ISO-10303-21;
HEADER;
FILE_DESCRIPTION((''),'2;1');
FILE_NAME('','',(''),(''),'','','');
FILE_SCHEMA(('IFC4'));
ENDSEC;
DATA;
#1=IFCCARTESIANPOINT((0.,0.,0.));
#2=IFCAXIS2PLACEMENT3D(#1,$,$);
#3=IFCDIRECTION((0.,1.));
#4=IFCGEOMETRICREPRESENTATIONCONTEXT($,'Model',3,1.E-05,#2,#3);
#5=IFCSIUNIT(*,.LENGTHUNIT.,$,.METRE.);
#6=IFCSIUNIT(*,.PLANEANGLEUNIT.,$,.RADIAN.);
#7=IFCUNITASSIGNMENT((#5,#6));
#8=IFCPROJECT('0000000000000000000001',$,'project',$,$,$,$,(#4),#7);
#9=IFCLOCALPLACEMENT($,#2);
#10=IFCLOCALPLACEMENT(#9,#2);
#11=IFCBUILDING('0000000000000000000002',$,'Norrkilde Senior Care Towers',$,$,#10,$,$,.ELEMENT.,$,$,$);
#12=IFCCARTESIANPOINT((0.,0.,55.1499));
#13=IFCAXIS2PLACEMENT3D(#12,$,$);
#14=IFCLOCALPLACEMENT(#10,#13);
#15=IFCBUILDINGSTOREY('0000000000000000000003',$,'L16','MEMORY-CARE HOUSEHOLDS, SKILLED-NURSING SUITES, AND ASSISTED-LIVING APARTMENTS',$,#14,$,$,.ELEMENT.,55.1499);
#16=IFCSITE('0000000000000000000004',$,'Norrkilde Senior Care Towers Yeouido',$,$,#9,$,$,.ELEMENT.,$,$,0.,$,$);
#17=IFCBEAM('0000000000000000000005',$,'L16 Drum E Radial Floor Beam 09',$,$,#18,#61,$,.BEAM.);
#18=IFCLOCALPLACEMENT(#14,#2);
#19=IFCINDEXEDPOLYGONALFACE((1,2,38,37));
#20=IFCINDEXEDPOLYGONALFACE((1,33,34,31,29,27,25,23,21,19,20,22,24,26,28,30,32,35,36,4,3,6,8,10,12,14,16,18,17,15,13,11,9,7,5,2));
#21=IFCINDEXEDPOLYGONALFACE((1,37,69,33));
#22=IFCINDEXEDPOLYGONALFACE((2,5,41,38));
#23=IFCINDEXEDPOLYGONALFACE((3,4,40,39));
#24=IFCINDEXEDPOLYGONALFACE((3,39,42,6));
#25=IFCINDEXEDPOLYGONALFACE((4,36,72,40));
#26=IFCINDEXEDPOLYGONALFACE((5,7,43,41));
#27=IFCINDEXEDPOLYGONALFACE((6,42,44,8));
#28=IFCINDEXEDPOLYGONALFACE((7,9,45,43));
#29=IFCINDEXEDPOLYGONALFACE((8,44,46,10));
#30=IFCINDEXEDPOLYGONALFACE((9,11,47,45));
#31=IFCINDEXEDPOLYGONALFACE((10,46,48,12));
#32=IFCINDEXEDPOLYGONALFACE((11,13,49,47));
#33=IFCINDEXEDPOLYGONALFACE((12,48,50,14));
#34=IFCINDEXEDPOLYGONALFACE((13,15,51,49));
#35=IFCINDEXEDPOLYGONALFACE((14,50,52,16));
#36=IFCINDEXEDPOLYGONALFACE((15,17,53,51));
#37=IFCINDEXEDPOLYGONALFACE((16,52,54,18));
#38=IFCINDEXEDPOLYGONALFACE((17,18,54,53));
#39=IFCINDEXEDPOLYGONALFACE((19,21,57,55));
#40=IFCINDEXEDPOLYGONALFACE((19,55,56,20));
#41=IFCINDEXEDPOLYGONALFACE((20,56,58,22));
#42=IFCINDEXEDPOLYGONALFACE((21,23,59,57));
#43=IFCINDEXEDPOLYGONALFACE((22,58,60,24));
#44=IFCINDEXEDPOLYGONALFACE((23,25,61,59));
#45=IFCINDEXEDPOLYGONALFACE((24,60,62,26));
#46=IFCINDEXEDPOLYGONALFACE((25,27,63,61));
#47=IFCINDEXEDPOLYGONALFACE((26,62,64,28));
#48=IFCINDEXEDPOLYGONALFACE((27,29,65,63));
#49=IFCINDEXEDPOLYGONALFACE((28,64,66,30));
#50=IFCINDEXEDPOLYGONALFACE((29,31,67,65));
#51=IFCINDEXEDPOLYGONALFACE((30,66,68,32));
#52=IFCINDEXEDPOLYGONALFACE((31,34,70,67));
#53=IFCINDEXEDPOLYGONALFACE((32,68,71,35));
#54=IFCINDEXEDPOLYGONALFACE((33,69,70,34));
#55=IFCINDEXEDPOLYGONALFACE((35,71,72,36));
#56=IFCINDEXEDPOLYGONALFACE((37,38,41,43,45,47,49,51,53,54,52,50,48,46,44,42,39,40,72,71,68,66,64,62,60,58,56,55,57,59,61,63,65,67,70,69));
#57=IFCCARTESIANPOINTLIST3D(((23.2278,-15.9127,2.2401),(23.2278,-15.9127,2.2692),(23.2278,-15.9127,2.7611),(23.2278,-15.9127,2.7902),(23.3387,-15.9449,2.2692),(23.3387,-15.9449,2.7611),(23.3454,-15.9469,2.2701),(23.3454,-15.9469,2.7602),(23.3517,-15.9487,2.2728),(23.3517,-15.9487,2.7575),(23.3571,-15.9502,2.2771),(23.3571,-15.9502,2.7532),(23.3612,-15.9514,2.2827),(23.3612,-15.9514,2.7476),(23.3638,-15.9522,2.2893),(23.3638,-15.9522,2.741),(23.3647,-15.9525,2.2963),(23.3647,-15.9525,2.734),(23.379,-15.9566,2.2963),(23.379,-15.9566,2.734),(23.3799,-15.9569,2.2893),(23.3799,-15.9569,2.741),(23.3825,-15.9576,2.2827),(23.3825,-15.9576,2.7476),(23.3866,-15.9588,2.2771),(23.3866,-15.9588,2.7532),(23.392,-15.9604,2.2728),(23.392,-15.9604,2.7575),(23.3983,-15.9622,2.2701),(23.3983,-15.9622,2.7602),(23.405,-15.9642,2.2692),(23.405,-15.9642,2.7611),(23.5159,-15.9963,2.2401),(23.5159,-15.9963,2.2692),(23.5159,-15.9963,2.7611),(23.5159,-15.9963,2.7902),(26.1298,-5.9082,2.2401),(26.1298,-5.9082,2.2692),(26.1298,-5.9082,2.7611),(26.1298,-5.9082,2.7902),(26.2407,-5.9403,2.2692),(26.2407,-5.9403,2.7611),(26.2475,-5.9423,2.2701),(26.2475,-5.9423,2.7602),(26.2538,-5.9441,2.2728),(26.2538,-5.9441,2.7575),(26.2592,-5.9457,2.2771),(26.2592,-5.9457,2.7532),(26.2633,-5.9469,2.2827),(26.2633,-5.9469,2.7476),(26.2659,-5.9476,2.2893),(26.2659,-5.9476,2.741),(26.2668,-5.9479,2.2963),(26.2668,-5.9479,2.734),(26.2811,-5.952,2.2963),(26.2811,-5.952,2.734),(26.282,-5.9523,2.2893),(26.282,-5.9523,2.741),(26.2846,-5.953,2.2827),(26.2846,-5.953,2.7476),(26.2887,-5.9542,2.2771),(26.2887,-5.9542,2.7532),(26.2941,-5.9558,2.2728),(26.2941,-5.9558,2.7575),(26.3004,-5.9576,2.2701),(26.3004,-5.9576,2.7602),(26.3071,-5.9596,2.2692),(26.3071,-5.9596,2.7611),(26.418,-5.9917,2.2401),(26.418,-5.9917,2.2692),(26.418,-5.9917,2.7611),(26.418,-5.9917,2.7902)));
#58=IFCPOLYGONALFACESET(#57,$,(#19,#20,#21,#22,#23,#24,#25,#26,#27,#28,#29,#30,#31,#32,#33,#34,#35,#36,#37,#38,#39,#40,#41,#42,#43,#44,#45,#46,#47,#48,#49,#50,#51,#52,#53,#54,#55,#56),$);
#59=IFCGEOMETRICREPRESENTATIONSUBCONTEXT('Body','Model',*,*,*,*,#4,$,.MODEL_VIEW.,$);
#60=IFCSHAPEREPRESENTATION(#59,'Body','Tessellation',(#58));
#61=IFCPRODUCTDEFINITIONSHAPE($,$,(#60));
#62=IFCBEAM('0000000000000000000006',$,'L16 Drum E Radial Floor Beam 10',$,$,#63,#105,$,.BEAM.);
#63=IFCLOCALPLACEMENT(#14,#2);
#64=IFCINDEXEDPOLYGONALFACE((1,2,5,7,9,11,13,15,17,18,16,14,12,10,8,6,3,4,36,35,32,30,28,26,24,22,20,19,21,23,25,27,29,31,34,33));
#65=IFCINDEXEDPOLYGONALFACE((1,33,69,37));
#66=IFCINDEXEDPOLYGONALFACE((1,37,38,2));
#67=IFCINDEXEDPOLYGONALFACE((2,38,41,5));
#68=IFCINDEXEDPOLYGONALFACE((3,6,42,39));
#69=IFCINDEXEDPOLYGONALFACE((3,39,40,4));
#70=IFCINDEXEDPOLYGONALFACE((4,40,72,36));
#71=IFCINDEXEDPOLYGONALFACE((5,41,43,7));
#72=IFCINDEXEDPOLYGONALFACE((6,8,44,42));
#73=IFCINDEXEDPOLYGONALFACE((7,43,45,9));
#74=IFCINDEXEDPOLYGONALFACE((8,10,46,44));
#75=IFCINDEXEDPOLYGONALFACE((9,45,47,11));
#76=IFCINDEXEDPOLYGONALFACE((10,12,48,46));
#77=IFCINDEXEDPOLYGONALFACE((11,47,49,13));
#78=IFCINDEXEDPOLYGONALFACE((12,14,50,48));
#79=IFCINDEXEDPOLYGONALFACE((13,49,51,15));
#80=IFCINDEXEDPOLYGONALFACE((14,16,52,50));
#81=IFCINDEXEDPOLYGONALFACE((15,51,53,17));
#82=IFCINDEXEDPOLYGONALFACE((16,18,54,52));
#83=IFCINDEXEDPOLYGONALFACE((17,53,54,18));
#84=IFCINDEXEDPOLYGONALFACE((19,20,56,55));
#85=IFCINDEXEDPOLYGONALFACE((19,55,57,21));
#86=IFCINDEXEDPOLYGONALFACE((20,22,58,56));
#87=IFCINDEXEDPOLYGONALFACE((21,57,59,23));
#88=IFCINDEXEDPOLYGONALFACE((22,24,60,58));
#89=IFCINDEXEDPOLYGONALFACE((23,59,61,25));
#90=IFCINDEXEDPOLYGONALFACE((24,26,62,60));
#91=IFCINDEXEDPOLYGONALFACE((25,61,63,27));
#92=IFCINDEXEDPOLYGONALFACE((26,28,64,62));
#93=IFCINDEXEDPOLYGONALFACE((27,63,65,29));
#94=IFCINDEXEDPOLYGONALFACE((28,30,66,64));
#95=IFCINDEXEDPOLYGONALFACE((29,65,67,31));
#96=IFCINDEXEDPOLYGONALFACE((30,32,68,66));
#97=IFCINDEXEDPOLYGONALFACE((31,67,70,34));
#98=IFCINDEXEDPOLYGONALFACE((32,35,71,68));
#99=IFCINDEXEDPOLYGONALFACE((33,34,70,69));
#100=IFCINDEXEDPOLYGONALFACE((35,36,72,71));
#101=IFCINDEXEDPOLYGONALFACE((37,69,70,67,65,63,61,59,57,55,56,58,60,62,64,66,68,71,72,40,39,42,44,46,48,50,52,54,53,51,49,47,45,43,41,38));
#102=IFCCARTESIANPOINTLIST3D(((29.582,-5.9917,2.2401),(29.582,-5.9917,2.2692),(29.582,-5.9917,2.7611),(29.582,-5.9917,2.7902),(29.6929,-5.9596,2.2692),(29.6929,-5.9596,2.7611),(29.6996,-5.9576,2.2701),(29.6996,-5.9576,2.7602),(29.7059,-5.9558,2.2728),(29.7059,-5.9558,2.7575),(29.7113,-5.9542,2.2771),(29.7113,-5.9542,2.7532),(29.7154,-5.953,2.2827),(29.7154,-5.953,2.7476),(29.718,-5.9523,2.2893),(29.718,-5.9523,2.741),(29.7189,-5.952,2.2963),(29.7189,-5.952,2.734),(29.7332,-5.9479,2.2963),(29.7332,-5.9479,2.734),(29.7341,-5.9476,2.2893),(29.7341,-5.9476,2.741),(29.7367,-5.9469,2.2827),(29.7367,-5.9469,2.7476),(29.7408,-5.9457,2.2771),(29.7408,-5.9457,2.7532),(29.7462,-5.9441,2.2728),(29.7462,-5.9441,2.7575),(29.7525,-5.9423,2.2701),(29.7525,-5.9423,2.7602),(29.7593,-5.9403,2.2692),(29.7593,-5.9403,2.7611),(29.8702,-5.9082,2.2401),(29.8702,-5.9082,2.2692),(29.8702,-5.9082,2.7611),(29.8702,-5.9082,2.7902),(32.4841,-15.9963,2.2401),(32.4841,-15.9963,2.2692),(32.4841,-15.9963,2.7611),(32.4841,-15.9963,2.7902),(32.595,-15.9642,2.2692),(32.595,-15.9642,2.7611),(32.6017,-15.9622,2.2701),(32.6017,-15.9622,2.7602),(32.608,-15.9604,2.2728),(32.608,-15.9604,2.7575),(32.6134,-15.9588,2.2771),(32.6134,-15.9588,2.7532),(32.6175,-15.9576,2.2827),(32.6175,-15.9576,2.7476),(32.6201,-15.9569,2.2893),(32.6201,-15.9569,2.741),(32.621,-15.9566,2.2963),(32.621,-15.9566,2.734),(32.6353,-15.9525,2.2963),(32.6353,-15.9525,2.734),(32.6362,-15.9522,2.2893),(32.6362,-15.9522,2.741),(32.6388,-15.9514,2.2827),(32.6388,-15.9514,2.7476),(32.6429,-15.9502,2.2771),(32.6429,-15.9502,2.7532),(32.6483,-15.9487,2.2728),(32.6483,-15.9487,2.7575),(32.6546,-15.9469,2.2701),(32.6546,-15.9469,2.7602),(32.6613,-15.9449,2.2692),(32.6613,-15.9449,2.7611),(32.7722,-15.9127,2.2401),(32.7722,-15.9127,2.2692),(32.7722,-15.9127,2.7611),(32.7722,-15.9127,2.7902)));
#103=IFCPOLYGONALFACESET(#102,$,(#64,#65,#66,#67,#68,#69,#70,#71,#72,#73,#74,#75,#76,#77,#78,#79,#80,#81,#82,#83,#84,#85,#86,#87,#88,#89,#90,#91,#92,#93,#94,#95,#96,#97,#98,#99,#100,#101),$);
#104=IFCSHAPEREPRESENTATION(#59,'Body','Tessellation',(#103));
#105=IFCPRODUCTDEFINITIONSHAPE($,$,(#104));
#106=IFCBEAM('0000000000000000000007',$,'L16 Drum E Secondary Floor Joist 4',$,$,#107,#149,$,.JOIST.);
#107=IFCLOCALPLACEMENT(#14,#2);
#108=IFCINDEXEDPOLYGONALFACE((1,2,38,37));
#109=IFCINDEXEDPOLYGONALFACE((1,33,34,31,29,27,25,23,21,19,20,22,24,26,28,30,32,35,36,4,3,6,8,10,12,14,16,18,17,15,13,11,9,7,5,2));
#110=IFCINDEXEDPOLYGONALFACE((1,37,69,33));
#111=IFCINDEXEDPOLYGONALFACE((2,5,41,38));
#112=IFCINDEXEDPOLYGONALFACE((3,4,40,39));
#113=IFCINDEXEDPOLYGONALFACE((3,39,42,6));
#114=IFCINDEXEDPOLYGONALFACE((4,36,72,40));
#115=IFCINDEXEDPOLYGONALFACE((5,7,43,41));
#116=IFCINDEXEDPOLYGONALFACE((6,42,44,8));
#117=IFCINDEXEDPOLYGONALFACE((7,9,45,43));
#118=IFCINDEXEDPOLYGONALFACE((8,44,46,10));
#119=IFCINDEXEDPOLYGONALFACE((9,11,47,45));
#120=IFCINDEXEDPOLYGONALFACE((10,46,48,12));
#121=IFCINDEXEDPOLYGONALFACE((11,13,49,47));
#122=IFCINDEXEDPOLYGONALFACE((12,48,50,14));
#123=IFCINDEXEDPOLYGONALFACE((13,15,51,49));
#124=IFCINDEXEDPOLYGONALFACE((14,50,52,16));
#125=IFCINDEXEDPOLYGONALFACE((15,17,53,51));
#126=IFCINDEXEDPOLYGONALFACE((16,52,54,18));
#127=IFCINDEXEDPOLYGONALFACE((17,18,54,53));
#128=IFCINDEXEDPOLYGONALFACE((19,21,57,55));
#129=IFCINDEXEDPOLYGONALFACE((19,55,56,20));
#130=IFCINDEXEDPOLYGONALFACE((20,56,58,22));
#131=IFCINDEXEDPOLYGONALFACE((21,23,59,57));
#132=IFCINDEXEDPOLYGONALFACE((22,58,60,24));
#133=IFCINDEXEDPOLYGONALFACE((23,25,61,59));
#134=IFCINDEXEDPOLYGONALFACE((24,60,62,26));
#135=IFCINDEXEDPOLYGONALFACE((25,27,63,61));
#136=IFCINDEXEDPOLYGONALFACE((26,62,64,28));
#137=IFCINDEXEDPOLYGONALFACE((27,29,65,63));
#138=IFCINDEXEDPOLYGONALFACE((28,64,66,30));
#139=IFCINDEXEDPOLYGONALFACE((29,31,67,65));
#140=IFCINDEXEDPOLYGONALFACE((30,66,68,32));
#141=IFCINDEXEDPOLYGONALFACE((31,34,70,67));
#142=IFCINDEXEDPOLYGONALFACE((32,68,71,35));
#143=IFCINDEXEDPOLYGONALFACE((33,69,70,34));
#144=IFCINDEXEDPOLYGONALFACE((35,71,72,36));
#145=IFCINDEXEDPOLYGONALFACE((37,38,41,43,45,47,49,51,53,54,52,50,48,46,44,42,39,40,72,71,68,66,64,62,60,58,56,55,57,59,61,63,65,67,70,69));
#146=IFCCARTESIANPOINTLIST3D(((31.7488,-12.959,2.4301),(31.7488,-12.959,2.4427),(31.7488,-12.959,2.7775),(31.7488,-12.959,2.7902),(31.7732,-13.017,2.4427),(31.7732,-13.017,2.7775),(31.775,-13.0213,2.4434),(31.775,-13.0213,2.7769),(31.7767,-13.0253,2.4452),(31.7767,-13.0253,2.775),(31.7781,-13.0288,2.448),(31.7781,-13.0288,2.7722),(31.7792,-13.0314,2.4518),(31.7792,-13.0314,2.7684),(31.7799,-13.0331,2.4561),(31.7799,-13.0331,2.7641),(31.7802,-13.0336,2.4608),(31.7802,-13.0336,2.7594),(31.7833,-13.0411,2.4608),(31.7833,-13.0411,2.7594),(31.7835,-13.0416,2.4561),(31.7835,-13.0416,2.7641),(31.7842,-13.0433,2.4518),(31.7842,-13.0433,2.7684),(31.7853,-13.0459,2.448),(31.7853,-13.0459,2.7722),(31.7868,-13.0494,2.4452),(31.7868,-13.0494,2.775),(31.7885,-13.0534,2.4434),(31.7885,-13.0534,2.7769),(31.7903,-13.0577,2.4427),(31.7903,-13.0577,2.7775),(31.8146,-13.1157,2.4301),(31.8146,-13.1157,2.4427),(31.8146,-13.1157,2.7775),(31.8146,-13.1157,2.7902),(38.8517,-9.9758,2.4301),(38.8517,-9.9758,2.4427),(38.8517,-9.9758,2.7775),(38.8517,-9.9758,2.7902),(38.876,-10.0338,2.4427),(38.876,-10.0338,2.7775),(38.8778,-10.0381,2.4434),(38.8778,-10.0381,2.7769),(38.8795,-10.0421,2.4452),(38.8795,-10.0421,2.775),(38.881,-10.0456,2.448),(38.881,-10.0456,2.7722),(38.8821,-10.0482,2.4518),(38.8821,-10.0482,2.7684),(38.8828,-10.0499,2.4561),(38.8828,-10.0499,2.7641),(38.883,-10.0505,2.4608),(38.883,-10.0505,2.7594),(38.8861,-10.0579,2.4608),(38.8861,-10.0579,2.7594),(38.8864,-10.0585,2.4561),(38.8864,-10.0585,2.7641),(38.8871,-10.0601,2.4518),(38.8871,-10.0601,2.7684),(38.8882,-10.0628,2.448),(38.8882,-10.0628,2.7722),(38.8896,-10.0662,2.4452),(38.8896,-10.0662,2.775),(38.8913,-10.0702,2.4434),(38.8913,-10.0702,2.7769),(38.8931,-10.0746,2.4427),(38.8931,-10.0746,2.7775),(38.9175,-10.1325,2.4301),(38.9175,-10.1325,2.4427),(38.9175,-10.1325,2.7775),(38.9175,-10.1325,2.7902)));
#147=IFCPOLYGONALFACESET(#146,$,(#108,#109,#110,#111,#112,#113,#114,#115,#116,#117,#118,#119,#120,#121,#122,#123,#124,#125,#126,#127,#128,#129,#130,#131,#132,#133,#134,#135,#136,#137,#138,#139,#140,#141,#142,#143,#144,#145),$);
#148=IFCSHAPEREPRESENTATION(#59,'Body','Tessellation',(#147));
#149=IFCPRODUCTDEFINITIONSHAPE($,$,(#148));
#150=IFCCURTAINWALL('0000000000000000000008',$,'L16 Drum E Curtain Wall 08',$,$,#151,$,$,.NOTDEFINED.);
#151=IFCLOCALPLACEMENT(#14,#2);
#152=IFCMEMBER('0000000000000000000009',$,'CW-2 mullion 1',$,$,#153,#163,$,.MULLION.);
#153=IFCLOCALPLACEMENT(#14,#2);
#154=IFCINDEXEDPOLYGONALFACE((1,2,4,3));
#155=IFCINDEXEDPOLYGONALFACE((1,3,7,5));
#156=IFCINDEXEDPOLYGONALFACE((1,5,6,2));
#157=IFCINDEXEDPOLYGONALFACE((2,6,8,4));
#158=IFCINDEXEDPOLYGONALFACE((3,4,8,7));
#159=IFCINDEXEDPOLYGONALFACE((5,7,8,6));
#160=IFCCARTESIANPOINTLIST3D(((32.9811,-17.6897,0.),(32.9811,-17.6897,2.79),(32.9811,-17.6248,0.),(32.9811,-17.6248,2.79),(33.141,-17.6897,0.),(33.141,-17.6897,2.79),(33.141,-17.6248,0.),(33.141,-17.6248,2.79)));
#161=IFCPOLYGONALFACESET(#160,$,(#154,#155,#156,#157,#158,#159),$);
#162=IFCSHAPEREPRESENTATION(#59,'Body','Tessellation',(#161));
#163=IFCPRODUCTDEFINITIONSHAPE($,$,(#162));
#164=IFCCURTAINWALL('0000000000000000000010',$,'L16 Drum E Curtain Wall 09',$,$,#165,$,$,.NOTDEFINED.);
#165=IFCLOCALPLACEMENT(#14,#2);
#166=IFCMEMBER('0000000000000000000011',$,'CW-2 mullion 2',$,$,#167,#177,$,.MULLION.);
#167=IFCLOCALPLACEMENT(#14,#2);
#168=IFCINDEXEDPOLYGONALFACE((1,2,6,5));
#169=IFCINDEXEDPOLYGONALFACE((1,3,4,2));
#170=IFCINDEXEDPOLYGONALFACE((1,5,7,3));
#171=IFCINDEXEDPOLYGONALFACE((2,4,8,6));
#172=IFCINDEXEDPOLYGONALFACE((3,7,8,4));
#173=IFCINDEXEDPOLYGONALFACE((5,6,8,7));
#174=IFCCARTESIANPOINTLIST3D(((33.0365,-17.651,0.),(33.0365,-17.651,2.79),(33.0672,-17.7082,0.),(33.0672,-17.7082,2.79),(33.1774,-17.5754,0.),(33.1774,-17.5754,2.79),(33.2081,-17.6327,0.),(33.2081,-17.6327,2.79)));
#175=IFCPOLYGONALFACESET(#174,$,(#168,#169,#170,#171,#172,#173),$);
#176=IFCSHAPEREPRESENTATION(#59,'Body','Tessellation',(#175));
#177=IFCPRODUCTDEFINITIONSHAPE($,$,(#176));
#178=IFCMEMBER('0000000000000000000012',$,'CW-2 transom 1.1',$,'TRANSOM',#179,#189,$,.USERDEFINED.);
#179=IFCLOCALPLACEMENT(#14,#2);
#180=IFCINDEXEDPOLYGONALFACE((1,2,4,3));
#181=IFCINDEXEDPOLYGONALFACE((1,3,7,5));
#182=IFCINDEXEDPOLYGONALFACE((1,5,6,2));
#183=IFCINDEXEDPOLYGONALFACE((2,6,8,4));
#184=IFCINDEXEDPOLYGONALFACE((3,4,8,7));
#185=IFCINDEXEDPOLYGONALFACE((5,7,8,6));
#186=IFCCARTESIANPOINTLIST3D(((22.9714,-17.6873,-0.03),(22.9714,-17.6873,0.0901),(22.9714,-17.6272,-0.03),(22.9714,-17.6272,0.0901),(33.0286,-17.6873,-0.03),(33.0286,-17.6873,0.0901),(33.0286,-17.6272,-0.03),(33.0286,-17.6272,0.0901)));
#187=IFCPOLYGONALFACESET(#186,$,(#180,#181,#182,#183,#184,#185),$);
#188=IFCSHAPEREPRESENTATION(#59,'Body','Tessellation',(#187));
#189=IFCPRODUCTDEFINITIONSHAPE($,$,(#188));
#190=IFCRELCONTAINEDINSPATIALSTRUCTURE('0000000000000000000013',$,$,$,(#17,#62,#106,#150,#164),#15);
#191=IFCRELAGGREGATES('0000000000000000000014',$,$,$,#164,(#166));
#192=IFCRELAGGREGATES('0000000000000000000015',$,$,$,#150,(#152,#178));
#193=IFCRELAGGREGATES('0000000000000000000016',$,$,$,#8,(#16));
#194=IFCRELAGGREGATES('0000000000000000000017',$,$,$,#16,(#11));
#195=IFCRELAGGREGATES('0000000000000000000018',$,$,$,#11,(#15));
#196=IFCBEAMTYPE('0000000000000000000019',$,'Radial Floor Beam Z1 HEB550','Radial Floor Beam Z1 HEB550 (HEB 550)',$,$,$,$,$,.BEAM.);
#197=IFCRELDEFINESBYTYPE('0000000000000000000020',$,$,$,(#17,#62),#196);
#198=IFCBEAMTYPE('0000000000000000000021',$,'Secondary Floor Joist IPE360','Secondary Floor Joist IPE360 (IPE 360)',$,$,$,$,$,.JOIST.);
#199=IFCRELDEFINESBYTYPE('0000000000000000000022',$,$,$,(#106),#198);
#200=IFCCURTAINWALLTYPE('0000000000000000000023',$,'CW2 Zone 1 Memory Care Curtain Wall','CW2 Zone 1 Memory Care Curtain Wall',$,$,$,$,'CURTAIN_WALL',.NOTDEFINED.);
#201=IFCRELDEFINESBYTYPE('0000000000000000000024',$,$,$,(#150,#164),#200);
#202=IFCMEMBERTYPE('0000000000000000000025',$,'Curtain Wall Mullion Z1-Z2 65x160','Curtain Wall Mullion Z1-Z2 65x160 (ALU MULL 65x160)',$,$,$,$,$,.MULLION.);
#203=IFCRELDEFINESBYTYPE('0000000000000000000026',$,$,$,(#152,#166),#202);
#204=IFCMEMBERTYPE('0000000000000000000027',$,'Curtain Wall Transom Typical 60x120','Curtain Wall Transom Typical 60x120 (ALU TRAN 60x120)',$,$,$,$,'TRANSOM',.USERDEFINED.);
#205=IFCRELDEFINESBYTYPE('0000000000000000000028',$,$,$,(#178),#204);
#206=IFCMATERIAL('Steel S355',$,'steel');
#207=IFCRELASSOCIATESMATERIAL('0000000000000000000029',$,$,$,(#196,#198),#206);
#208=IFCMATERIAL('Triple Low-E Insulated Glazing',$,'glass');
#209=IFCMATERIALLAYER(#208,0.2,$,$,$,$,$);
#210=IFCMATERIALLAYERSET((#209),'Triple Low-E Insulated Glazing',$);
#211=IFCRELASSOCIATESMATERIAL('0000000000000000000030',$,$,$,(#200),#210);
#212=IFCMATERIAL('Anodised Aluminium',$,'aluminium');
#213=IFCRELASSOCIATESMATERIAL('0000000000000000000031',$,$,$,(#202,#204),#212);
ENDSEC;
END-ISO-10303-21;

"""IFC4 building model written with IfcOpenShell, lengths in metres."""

from ifc_helpers import new_model, si_unit, direction, frame, origin, origin_2d, place, context, subcontext, project, spatial, rectangle, i_section, extrude, source, transform, mapped, material, layer, layer_set, material_profile, profile_set, type_object, type_shapes, element, aggregate, save


model = new_model("IFC4")

# Units and contexts
model_context = context("Model", 3, precision=1e-05, world=origin(), true_north=direction((0.0, 1.0)))
body_context = subcontext(model_context, "Body", "Model", "MODEL_VIEW")
ifc_project = project(units=[si_unit("LENGTHUNIT", "METRE"), si_unit("PLANEANGLEUNIT", "RADIAN")], contexts=[model_context])

# Site, building, storey
site_placement = place(None, origin())
site = spatial("IfcSite", under=ifc_project, at=site_placement, Name="Norrkilde Senior Care Towers Yeouido", CompositionType="ELEMENT", RefElevation=0.0)
building_placement = place(site_placement, origin())
building = spatial("IfcBuilding", under=site, at=building_placement, Name="Norrkilde Senior Care Towers", CompositionType="ELEMENT")
storey_placement = place(building_placement, frame((0.0, 0.0, 55.1499)))
storey = spatial("IfcBuildingStorey", under=building, at=storey_placement, Name="L16", Description="MEMORY-CARE HOUSEHOLDS, SKILLED-NURSING SUITES, AND ASSISTED-LIVING APARTMENTS", CompositionType="ELEMENT", Elevation=55.1499)

# Beams
ifc_material_1 = material(Name="Steel S355", Category="steel")
ifc_material_profile_1 = material_profile(ifc_material_1, i_section(OverallWidth=0.3, OverallDepth=0.55, WebThickness=0.0149, FlangeThickness=0.0291, FilletRadius=0.0271, at=origin_2d()), Name="HEB 550")
ifc_profile_set_1 = profile_set([ifc_material_profile_1], Name="Steel S355")
beam_type_1 = type_object("IfcBeamType", Name="Radial Floor Beam Z1 HEB550", Description="Radial Floor Beam Z1 HEB550 (HEB 550)", PredefinedType="BEAM", material=ifc_profile_set_1)
shared_shape_1 = source(origin(), body_context, "Body", "SweptSolid", [
    extrude(i_section(OverallWidth=0.3, OverallDepth=0.55, WebThickness=0.0149, FlangeThickness=0.0291, FilletRadius=0.0271, at=origin_2d()), origin(), (0.0, 0.0, 1.0), 10.417),
])
for number, where, z_axis, x_axis, name in (
    (1, (26.2739, -5.95, 2.5151), (-0.278591, -0.96041, 0.0), (0.96041, -0.278591, 0.0), "L16 Drum E Radial Floor Beam 09"),
    (2, (29.7261, -5.95, 2.5151), (0.278591, -0.96041, 0.0), (0.96041, 0.278591, 0.0), "L16 Drum E Radial Floor Beam 10"),
):
    element("IfcBeam", number, at=place(storey_placement, frame(where, z_axis=z_axis, x_axis=x_axis)), inside=storey, type_object=beam_type_1, Name=name, PredefinedType="BEAM", context=body_context, shape_type="MappedRepresentation", body=[
        mapped(shared_shape_1, transform((0.0, 0.0, 0.0), x_axis=(1.0, 0.0, 0.0), y_axis=(0.0, 1.0, 0.0), z_axis=(0.0, 0.0, 1.0), scale=1.0)),
    ])
ifc_material_profile_2 = material_profile(ifc_material_1, i_section(OverallWidth=0.1699, OverallDepth=0.3601, WebThickness=0.0081, FlangeThickness=0.0127, FilletRadius=0.0181, at=origin_2d()), Name="IPE 360")
ifc_profile_set_2 = profile_set([ifc_material_profile_2], Name="Steel S355")
beam_type_2 = type_object("IfcBeamType", Name="Secondary Floor Joist IPE360", Description="Secondary Floor Joist IPE360 (IPE 360)", PredefinedType="JOIST", material=ifc_profile_set_2)
shared_shape_2 = source(origin(), body_context, "Body", "SweptSolid", [
    extrude(i_section(OverallWidth=0.1699, OverallDepth=0.3601, WebThickness=0.0081, FlangeThickness=0.0127, FilletRadius=0.0181, at=origin_2d()), origin(), (0.0, 0.0, 1.0), 7.7039),
])
type_shapes(beam_type_2, [shared_shape_2])
beam_1_placement = place(storey_placement, frame((31.7817, -13.0374, 2.6101), z_axis=(0.921983, 0.387231, 0.0), x_axis=(-0.387231, 0.921983, 0.0)))
element("IfcBeam", 3, at=beam_1_placement, inside=storey, type_object=beam_type_2, Name="L16 Drum E Secondary Floor Joist 4", PredefinedType="JOIST", context=body_context, shape_type="MappedRepresentation", body=[
    mapped(shared_shape_2, transform((0.0, 0.0, 0.0), x_axis=(1.0, 0.0, 0.0), y_axis=(0.0, 1.0, 0.0), z_axis=(0.0, 0.0, 1.0), scale=1.0)),
])

# Curtain walls, members
ifc_material_2 = material(Name="Triple Low-E Insulated Glazing", Category="glass")
ifc_layer_1 = layer(ifc_material_2, 0.2)
ifc_layer_set_1 = layer_set([ifc_layer_1], Name="Triple Low-E Insulated Glazing")
curtain_wall_type = type_object("IfcCurtainWallType", Name="CW2 Zone 1 Memory Care Curtain Wall", Description="CW2 Zone 1 Memory Care Curtain Wall", ElementType="CURTAIN_WALL", PredefinedType="NOTDEFINED", material=ifc_layer_set_1)
curtain_wall_1_placement = place(storey_placement, origin())
curtain_wall_1 = element("IfcCurtainWall", 4, at=curtain_wall_1_placement, inside=storey, type_object=curtain_wall_type, Name="L16 Drum E Curtain Wall 08", PredefinedType="NOTDEFINED")
ifc_material_3 = material(Name="Anodised Aluminium", Category="aluminium")
ifc_material_profile_3 = material_profile(ifc_material_3, rectangle(XDim=0.0649, YDim=0.1599, at=origin_2d()), Name="ALU MULL 65x160")
ifc_profile_set_3 = profile_set([ifc_material_profile_3], Name="Anodised Aluminium")
member_type_1 = type_object("IfcMemberType", Name="Curtain Wall Mullion Z1-Z2 65x160", Description="Curtain Wall Mullion Z1-Z2 65x160 (ALU MULL 65x160)", PredefinedType="MULLION", material=ifc_profile_set_3)
shared_shape_3 = source(origin(), body_context, "Body", "SweptSolid", [
    extrude(rectangle(XDim=0.0649, YDim=0.1599, at=origin_2d()), origin(), (0.0, 0.0, 1.0), 2.79),
])
type_shapes(member_type_1, [shared_shape_3])
member_1_placement = place(storey_placement, frame((33.061, -17.6572, 0.0), z_axis=(0.0, 0.0, 1.0), x_axis=(0.0, -1.0, 0.0)))
member_1 = element("IfcMember", 5, at=member_1_placement, type_object=member_type_1, Name="CW-2 mullion 1", PredefinedType="MULLION", context=body_context, shape_type="MappedRepresentation", body=[
    mapped(shared_shape_3, transform((0.0, 0.0, 0.0), x_axis=(1.0, 0.0, 0.0), y_axis=(0.0, 1.0, 0.0), z_axis=(0.0, 0.0, 1.0), scale=1.0)),
])
curtain_wall_2_placement = place(storey_placement, origin())
curtain_wall_2 = element("IfcCurtainWall", 6, at=curtain_wall_2_placement, inside=storey, type_object=curtain_wall_type, Name="L16 Drum E Curtain Wall 09", PredefinedType="NOTDEFINED")
member_2_placement = place(storey_placement, frame((33.1223, -17.6418, 0.0), z_axis=(0.0, 0.0, 1.0), x_axis=(0.472608, -0.881273, 0.0)))
member_2 = element("IfcMember", 7, at=member_2_placement, type_object=member_type_1, Name="CW-2 mullion 2", PredefinedType="MULLION", context=body_context, shape_type="MappedRepresentation", body=[
    mapped(shared_shape_3, transform((0.0, 0.0, 0.0), x_axis=(1.0, 0.0, 0.0), y_axis=(0.0, 1.0, 0.0), z_axis=(0.0, 0.0, 1.0), scale=1.0)),
])
aggregate(curtain_wall_2, [member_2])

# Member
ifc_material_profile_4 = material_profile(ifc_material_3, rectangle(XDim=0.0601, YDim=0.1201, at=origin_2d()), Name="ALU TRAN 60x120")
ifc_profile_set_4 = profile_set([ifc_material_profile_4], Name="Anodised Aluminium")
member_type_2 = type_object("IfcMemberType", Name="Curtain Wall Transom Typical 60x120", Description="Curtain Wall Transom Typical 60x120 (ALU TRAN 60x120)", ElementType="TRANSOM", PredefinedType="USERDEFINED", material=ifc_profile_set_4)
shared_shape_4 = source(origin(), body_context, "Body", "SweptSolid", [
    extrude(rectangle(XDim=0.0601, YDim=0.1201, at=origin_2d()), origin(), (0.0, 0.0, 1.0), 10.0571),
])
type_shapes(member_type_2, [shared_shape_4])
member_3_placement = place(storey_placement, frame((33.0286, -17.6572, 0.03), z_axis=(-1.0, 0.0, 0.0), x_axis=(0.0, -1.0, 0.0)))
member_3 = element("IfcMember", 8, at=member_3_placement, type_object=member_type_2, Name="CW-2 transom 1.1", ObjectType="TRANSOM", PredefinedType="USERDEFINED", context=body_context, shape_type="MappedRepresentation", body=[
    mapped(shared_shape_4, transform((0.0, 0.0, 0.0), x_axis=(1.0, 0.0, 0.0), y_axis=(0.0, 1.0, 0.0), z_axis=(0.0, 0.0, 1.0), scale=1.0)),
])

aggregate(curtain_wall_1, [member_1, member_3])

save(model, "model.ifc")
